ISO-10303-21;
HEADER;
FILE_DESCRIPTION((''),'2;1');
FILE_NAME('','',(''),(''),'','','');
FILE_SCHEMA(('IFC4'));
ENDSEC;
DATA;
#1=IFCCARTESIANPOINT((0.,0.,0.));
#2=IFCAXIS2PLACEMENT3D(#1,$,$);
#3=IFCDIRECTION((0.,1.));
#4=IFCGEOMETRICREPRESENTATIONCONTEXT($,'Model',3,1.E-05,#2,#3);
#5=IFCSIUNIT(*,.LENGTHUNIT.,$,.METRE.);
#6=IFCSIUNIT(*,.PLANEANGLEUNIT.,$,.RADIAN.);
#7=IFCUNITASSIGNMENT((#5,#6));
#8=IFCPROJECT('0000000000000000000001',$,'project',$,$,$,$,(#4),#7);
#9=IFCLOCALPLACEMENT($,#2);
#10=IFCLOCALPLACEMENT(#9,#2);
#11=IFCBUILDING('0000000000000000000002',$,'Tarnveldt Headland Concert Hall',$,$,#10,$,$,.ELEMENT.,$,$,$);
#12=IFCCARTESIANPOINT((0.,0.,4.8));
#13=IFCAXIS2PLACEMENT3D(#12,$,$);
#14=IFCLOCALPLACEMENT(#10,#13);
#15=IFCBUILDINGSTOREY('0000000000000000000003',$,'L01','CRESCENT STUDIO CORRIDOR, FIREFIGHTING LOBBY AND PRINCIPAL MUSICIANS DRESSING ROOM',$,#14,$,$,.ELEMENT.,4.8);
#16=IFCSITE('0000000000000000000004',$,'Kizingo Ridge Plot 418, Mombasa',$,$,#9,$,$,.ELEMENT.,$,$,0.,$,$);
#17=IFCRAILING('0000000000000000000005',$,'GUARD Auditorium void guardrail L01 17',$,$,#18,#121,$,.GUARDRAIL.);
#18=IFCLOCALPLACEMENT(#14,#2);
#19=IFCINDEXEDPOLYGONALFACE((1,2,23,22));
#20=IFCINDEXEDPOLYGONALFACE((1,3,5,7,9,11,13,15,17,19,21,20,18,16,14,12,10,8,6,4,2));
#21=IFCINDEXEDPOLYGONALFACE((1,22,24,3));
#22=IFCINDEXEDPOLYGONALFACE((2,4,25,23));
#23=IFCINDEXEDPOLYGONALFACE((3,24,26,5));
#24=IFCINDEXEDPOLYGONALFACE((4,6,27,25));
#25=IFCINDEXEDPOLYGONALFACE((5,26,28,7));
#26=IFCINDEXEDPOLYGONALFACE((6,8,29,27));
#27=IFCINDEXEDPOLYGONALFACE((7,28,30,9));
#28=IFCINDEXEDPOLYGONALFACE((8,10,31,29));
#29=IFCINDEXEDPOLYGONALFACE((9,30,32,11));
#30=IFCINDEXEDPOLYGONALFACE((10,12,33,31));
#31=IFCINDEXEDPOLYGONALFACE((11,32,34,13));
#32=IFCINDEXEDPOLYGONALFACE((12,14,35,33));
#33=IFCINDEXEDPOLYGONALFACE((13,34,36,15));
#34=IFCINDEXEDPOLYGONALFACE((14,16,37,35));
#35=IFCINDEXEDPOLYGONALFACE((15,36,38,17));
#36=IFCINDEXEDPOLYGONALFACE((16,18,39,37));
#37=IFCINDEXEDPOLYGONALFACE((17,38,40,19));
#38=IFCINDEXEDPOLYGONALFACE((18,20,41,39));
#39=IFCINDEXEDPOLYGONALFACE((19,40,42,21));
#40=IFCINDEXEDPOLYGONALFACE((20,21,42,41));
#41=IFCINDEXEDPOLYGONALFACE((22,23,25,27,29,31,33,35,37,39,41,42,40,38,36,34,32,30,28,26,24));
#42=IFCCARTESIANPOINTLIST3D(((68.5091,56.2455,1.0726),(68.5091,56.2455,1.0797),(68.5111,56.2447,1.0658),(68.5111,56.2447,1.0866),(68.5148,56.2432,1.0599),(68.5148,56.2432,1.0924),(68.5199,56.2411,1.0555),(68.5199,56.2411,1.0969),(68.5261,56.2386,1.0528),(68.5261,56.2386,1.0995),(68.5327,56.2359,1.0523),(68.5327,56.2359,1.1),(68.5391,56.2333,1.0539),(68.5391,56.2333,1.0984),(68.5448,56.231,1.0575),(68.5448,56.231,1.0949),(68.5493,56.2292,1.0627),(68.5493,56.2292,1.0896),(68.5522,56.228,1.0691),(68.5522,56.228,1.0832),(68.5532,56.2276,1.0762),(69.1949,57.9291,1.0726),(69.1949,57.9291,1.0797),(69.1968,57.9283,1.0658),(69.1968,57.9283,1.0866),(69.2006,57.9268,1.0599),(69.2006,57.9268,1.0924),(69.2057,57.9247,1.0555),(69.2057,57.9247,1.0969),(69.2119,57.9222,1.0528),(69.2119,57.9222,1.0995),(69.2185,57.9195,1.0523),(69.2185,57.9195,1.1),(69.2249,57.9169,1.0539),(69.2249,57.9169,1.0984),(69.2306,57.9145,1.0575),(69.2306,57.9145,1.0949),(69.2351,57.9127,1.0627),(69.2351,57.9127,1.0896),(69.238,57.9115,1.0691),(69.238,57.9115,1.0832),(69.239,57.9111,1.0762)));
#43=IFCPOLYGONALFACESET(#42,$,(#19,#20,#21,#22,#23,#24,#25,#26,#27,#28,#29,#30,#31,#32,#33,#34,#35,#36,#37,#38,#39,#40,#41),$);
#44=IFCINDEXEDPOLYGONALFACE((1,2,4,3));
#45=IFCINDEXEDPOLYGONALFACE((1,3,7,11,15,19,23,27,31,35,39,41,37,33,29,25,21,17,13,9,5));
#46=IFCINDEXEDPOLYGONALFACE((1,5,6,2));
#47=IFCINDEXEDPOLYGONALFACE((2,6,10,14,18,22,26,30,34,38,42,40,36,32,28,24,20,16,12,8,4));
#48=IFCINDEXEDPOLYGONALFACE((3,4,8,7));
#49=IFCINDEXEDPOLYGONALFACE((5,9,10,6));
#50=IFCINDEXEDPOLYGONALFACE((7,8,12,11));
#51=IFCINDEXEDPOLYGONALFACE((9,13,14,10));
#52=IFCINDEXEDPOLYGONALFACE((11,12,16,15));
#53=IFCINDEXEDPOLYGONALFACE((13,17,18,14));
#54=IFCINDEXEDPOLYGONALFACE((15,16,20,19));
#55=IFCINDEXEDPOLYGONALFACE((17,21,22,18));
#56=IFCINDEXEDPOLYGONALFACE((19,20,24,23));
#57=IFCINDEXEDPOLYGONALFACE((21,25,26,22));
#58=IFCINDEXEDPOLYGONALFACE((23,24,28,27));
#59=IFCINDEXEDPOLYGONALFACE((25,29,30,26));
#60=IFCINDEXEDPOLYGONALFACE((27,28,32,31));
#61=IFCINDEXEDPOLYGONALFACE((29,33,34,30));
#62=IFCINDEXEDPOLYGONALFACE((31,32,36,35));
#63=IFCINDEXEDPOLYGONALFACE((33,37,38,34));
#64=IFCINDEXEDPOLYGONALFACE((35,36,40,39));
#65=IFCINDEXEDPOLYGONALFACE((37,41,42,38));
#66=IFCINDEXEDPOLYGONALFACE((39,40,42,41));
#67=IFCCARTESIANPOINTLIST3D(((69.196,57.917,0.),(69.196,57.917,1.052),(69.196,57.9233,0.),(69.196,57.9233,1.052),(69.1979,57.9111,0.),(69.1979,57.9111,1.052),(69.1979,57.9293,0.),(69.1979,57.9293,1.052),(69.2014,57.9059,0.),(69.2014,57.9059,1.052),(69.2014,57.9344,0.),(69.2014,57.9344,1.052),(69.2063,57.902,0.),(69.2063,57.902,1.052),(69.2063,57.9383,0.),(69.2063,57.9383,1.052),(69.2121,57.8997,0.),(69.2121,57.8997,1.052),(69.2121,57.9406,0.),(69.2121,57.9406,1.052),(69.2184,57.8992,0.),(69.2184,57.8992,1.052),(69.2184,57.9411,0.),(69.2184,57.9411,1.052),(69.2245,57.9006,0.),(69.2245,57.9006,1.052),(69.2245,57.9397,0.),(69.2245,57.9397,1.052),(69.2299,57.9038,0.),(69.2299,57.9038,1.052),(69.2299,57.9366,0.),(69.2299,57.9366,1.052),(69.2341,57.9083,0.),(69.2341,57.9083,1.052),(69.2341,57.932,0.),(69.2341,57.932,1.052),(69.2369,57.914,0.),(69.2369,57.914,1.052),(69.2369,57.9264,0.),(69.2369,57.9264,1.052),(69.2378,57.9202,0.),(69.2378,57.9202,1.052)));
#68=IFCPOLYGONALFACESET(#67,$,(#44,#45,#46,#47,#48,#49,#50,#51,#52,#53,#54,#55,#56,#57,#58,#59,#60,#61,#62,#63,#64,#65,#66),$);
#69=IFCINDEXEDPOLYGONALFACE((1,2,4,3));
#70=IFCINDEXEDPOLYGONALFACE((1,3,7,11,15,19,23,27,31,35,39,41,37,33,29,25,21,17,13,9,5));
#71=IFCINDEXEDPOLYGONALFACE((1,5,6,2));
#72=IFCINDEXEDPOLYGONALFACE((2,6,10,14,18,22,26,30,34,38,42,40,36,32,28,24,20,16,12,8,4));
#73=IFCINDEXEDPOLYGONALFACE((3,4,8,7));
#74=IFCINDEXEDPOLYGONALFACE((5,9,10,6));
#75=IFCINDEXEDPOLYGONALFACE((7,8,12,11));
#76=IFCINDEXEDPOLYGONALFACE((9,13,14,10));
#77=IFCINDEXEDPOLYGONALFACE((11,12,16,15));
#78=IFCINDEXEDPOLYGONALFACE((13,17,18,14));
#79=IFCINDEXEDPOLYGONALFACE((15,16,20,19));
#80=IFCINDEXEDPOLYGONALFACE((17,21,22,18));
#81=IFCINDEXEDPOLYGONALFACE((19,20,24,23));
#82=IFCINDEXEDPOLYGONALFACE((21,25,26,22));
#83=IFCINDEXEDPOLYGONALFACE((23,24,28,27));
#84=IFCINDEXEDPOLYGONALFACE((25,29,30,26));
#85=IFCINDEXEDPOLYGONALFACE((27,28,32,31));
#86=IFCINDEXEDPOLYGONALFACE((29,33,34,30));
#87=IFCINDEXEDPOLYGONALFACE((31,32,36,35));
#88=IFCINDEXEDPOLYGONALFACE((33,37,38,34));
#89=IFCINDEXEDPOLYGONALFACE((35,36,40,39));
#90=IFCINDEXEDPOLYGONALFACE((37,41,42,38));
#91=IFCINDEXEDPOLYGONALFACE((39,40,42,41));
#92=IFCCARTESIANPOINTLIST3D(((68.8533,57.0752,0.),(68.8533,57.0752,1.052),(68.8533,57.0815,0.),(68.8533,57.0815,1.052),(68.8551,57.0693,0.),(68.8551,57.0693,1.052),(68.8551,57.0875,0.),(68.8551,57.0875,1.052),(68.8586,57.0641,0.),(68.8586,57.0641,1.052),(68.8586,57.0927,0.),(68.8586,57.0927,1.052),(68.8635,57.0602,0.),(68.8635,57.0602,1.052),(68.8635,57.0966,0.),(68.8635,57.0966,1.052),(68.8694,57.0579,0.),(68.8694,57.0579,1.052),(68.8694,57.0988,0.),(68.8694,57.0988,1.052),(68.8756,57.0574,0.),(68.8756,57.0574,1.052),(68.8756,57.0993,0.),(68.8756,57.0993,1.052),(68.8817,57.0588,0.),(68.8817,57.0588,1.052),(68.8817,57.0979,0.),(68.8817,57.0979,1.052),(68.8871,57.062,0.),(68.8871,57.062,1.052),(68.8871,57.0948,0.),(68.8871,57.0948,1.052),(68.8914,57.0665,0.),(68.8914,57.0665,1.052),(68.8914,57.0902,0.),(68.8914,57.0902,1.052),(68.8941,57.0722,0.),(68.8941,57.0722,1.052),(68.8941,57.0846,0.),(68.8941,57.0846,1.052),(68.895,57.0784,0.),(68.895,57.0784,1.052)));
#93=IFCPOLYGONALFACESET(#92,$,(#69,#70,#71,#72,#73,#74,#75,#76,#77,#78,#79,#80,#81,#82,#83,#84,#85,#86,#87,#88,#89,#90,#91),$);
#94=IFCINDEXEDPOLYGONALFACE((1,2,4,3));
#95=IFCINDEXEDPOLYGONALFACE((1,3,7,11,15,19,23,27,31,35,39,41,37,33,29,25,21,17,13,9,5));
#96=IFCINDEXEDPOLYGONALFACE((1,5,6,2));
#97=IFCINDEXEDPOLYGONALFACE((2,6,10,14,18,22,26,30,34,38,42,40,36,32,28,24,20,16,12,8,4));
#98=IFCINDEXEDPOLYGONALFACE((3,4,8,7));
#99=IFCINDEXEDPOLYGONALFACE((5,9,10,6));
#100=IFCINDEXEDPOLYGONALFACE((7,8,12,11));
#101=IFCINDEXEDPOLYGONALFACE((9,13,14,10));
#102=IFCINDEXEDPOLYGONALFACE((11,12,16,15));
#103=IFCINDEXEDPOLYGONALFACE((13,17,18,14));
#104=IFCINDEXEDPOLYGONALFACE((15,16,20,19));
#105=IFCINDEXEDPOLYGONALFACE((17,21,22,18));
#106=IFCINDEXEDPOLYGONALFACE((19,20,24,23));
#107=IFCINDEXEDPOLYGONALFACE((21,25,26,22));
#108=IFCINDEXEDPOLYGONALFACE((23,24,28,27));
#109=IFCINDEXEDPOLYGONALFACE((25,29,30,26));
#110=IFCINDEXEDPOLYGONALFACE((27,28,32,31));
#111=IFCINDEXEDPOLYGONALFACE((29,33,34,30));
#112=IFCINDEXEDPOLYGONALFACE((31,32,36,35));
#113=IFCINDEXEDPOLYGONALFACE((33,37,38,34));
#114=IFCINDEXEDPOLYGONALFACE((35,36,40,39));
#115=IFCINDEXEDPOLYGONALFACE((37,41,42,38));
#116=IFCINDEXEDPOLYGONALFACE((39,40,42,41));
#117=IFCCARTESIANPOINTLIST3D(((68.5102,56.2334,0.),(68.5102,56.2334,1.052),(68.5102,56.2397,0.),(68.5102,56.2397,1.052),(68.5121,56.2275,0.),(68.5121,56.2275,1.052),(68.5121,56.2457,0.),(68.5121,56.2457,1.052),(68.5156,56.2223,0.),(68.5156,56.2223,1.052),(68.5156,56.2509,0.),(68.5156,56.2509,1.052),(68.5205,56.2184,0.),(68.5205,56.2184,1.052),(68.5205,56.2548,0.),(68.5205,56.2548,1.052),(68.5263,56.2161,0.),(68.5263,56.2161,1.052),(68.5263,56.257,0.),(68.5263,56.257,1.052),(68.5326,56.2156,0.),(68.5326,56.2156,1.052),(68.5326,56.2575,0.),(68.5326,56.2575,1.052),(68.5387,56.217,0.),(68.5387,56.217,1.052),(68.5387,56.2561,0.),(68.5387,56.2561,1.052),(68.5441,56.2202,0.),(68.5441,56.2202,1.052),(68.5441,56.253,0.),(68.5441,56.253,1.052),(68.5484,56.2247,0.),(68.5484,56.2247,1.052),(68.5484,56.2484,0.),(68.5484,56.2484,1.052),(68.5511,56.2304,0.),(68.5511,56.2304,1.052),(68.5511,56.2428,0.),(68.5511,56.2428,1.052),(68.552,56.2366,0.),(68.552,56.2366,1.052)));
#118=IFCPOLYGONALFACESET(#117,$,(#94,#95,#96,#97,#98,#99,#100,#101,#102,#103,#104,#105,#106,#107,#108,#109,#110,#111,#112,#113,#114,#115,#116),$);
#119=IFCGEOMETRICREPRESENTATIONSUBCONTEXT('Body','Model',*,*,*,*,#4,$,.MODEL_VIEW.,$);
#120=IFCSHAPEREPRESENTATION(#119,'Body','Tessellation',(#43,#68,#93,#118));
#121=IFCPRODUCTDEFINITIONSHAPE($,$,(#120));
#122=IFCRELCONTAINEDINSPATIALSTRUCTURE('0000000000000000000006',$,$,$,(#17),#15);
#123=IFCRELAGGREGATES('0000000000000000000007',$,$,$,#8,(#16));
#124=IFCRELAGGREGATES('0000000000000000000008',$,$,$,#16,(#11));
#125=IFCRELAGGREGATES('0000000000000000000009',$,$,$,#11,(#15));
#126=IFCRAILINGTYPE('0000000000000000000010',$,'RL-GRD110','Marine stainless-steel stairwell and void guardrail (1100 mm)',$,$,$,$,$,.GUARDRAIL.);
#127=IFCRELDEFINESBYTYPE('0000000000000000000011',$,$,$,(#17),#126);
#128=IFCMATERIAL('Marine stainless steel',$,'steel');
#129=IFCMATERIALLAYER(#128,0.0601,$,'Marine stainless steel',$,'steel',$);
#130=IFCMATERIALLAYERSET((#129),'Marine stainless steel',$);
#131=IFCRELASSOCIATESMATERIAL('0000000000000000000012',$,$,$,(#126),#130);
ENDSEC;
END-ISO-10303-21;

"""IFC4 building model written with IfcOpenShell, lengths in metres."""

from ifc_helpers import new_model, si_unit, direction, frame, origin, origin_2d, place, context, subcontext, project, spatial, circle, extrude, material, layer, layer_set, type_object, element, save


model = new_model("IFC4")

# Units and contexts
model_context = context("Model", 3, precision=1e-05, world=origin(), true_north=direction((0.0, 1.0)))
body_context = subcontext(model_context, "Body", "Model", "MODEL_VIEW")
ifc_project = project(units=[si_unit("LENGTHUNIT", "METRE"), si_unit("PLANEANGLEUNIT", "RADIAN")], contexts=[model_context])

# Site, building, storey
site_placement = place(None, origin())
site = spatial("IfcSite", under=ifc_project, at=site_placement, Name="Kizingo Ridge Plot 418, Mombasa", CompositionType="ELEMENT", RefElevation=0.0)
building_placement = place(site_placement, origin())
building = spatial("IfcBuilding", under=site, at=building_placement, Name="Tarnveldt Headland Concert Hall", CompositionType="ELEMENT")
storey_placement = place(building_placement, frame((0.0, 0.0, 4.8)))
storey = spatial("IfcBuildingStorey", under=building, at=storey_placement, Name="L01", Description="CRESCENT STUDIO CORRIDOR, FIREFIGHTING LOBBY AND PRINCIPAL MUSICIANS DRESSING ROOM", CompositionType="ELEMENT", Elevation=4.8)

# Railing
ifc_material_1 = material(Name="Marine stainless steel", Category="steel")
ifc_layer_1 = layer(ifc_material_1, 0.0601, Name="Marine stainless steel", Category="steel")
ifc_layer_set_1 = layer_set([ifc_layer_1], Name="Marine stainless steel")
railing_type = type_object("IfcRailingType", Name="RL-GRD110", Description="Marine stainless-steel stairwell and void guardrail (1100 mm)", PredefinedType="GUARDRAIL", material=ifc_layer_set_1)
railing_1_placement = place(storey_placement, frame((69.2168, 57.9202, 0.0)))
element("IfcRailing", 1, at=railing_1_placement, inside=storey, type_object=railing_type, Name="GUARD Auditorium void guardrail L01 17", PredefinedType="GUARDRAIL", context=body_context, shape_type="SweptSolid", body=[
    extrude(circle(Radius=0.0239, at=origin_2d()), frame((0.0, 0.0, 1.0762), z_axis=(-0.377241, -0.926115, 0.0), x_axis=(0.926115, -0.377241, 0.0)), (0.0, 0.0, 1.0), 1.8179),
    extrude(circle(Radius=0.021, at=origin_2d()), origin(), (0.0, 0.0, 1.0), 1.052),
    extrude(circle(Radius=0.021, at=origin_2d()), frame((-0.3428, -0.8418, 0.0)), (0.0, 0.0, 1.0), 1.052),
    extrude(circle(Radius=0.021, at=origin_2d()), frame((-0.6858, -1.6836, 0.0)), (0.0, 0.0, 1.0), 1.052),
])

save(model, "model.ifc")
